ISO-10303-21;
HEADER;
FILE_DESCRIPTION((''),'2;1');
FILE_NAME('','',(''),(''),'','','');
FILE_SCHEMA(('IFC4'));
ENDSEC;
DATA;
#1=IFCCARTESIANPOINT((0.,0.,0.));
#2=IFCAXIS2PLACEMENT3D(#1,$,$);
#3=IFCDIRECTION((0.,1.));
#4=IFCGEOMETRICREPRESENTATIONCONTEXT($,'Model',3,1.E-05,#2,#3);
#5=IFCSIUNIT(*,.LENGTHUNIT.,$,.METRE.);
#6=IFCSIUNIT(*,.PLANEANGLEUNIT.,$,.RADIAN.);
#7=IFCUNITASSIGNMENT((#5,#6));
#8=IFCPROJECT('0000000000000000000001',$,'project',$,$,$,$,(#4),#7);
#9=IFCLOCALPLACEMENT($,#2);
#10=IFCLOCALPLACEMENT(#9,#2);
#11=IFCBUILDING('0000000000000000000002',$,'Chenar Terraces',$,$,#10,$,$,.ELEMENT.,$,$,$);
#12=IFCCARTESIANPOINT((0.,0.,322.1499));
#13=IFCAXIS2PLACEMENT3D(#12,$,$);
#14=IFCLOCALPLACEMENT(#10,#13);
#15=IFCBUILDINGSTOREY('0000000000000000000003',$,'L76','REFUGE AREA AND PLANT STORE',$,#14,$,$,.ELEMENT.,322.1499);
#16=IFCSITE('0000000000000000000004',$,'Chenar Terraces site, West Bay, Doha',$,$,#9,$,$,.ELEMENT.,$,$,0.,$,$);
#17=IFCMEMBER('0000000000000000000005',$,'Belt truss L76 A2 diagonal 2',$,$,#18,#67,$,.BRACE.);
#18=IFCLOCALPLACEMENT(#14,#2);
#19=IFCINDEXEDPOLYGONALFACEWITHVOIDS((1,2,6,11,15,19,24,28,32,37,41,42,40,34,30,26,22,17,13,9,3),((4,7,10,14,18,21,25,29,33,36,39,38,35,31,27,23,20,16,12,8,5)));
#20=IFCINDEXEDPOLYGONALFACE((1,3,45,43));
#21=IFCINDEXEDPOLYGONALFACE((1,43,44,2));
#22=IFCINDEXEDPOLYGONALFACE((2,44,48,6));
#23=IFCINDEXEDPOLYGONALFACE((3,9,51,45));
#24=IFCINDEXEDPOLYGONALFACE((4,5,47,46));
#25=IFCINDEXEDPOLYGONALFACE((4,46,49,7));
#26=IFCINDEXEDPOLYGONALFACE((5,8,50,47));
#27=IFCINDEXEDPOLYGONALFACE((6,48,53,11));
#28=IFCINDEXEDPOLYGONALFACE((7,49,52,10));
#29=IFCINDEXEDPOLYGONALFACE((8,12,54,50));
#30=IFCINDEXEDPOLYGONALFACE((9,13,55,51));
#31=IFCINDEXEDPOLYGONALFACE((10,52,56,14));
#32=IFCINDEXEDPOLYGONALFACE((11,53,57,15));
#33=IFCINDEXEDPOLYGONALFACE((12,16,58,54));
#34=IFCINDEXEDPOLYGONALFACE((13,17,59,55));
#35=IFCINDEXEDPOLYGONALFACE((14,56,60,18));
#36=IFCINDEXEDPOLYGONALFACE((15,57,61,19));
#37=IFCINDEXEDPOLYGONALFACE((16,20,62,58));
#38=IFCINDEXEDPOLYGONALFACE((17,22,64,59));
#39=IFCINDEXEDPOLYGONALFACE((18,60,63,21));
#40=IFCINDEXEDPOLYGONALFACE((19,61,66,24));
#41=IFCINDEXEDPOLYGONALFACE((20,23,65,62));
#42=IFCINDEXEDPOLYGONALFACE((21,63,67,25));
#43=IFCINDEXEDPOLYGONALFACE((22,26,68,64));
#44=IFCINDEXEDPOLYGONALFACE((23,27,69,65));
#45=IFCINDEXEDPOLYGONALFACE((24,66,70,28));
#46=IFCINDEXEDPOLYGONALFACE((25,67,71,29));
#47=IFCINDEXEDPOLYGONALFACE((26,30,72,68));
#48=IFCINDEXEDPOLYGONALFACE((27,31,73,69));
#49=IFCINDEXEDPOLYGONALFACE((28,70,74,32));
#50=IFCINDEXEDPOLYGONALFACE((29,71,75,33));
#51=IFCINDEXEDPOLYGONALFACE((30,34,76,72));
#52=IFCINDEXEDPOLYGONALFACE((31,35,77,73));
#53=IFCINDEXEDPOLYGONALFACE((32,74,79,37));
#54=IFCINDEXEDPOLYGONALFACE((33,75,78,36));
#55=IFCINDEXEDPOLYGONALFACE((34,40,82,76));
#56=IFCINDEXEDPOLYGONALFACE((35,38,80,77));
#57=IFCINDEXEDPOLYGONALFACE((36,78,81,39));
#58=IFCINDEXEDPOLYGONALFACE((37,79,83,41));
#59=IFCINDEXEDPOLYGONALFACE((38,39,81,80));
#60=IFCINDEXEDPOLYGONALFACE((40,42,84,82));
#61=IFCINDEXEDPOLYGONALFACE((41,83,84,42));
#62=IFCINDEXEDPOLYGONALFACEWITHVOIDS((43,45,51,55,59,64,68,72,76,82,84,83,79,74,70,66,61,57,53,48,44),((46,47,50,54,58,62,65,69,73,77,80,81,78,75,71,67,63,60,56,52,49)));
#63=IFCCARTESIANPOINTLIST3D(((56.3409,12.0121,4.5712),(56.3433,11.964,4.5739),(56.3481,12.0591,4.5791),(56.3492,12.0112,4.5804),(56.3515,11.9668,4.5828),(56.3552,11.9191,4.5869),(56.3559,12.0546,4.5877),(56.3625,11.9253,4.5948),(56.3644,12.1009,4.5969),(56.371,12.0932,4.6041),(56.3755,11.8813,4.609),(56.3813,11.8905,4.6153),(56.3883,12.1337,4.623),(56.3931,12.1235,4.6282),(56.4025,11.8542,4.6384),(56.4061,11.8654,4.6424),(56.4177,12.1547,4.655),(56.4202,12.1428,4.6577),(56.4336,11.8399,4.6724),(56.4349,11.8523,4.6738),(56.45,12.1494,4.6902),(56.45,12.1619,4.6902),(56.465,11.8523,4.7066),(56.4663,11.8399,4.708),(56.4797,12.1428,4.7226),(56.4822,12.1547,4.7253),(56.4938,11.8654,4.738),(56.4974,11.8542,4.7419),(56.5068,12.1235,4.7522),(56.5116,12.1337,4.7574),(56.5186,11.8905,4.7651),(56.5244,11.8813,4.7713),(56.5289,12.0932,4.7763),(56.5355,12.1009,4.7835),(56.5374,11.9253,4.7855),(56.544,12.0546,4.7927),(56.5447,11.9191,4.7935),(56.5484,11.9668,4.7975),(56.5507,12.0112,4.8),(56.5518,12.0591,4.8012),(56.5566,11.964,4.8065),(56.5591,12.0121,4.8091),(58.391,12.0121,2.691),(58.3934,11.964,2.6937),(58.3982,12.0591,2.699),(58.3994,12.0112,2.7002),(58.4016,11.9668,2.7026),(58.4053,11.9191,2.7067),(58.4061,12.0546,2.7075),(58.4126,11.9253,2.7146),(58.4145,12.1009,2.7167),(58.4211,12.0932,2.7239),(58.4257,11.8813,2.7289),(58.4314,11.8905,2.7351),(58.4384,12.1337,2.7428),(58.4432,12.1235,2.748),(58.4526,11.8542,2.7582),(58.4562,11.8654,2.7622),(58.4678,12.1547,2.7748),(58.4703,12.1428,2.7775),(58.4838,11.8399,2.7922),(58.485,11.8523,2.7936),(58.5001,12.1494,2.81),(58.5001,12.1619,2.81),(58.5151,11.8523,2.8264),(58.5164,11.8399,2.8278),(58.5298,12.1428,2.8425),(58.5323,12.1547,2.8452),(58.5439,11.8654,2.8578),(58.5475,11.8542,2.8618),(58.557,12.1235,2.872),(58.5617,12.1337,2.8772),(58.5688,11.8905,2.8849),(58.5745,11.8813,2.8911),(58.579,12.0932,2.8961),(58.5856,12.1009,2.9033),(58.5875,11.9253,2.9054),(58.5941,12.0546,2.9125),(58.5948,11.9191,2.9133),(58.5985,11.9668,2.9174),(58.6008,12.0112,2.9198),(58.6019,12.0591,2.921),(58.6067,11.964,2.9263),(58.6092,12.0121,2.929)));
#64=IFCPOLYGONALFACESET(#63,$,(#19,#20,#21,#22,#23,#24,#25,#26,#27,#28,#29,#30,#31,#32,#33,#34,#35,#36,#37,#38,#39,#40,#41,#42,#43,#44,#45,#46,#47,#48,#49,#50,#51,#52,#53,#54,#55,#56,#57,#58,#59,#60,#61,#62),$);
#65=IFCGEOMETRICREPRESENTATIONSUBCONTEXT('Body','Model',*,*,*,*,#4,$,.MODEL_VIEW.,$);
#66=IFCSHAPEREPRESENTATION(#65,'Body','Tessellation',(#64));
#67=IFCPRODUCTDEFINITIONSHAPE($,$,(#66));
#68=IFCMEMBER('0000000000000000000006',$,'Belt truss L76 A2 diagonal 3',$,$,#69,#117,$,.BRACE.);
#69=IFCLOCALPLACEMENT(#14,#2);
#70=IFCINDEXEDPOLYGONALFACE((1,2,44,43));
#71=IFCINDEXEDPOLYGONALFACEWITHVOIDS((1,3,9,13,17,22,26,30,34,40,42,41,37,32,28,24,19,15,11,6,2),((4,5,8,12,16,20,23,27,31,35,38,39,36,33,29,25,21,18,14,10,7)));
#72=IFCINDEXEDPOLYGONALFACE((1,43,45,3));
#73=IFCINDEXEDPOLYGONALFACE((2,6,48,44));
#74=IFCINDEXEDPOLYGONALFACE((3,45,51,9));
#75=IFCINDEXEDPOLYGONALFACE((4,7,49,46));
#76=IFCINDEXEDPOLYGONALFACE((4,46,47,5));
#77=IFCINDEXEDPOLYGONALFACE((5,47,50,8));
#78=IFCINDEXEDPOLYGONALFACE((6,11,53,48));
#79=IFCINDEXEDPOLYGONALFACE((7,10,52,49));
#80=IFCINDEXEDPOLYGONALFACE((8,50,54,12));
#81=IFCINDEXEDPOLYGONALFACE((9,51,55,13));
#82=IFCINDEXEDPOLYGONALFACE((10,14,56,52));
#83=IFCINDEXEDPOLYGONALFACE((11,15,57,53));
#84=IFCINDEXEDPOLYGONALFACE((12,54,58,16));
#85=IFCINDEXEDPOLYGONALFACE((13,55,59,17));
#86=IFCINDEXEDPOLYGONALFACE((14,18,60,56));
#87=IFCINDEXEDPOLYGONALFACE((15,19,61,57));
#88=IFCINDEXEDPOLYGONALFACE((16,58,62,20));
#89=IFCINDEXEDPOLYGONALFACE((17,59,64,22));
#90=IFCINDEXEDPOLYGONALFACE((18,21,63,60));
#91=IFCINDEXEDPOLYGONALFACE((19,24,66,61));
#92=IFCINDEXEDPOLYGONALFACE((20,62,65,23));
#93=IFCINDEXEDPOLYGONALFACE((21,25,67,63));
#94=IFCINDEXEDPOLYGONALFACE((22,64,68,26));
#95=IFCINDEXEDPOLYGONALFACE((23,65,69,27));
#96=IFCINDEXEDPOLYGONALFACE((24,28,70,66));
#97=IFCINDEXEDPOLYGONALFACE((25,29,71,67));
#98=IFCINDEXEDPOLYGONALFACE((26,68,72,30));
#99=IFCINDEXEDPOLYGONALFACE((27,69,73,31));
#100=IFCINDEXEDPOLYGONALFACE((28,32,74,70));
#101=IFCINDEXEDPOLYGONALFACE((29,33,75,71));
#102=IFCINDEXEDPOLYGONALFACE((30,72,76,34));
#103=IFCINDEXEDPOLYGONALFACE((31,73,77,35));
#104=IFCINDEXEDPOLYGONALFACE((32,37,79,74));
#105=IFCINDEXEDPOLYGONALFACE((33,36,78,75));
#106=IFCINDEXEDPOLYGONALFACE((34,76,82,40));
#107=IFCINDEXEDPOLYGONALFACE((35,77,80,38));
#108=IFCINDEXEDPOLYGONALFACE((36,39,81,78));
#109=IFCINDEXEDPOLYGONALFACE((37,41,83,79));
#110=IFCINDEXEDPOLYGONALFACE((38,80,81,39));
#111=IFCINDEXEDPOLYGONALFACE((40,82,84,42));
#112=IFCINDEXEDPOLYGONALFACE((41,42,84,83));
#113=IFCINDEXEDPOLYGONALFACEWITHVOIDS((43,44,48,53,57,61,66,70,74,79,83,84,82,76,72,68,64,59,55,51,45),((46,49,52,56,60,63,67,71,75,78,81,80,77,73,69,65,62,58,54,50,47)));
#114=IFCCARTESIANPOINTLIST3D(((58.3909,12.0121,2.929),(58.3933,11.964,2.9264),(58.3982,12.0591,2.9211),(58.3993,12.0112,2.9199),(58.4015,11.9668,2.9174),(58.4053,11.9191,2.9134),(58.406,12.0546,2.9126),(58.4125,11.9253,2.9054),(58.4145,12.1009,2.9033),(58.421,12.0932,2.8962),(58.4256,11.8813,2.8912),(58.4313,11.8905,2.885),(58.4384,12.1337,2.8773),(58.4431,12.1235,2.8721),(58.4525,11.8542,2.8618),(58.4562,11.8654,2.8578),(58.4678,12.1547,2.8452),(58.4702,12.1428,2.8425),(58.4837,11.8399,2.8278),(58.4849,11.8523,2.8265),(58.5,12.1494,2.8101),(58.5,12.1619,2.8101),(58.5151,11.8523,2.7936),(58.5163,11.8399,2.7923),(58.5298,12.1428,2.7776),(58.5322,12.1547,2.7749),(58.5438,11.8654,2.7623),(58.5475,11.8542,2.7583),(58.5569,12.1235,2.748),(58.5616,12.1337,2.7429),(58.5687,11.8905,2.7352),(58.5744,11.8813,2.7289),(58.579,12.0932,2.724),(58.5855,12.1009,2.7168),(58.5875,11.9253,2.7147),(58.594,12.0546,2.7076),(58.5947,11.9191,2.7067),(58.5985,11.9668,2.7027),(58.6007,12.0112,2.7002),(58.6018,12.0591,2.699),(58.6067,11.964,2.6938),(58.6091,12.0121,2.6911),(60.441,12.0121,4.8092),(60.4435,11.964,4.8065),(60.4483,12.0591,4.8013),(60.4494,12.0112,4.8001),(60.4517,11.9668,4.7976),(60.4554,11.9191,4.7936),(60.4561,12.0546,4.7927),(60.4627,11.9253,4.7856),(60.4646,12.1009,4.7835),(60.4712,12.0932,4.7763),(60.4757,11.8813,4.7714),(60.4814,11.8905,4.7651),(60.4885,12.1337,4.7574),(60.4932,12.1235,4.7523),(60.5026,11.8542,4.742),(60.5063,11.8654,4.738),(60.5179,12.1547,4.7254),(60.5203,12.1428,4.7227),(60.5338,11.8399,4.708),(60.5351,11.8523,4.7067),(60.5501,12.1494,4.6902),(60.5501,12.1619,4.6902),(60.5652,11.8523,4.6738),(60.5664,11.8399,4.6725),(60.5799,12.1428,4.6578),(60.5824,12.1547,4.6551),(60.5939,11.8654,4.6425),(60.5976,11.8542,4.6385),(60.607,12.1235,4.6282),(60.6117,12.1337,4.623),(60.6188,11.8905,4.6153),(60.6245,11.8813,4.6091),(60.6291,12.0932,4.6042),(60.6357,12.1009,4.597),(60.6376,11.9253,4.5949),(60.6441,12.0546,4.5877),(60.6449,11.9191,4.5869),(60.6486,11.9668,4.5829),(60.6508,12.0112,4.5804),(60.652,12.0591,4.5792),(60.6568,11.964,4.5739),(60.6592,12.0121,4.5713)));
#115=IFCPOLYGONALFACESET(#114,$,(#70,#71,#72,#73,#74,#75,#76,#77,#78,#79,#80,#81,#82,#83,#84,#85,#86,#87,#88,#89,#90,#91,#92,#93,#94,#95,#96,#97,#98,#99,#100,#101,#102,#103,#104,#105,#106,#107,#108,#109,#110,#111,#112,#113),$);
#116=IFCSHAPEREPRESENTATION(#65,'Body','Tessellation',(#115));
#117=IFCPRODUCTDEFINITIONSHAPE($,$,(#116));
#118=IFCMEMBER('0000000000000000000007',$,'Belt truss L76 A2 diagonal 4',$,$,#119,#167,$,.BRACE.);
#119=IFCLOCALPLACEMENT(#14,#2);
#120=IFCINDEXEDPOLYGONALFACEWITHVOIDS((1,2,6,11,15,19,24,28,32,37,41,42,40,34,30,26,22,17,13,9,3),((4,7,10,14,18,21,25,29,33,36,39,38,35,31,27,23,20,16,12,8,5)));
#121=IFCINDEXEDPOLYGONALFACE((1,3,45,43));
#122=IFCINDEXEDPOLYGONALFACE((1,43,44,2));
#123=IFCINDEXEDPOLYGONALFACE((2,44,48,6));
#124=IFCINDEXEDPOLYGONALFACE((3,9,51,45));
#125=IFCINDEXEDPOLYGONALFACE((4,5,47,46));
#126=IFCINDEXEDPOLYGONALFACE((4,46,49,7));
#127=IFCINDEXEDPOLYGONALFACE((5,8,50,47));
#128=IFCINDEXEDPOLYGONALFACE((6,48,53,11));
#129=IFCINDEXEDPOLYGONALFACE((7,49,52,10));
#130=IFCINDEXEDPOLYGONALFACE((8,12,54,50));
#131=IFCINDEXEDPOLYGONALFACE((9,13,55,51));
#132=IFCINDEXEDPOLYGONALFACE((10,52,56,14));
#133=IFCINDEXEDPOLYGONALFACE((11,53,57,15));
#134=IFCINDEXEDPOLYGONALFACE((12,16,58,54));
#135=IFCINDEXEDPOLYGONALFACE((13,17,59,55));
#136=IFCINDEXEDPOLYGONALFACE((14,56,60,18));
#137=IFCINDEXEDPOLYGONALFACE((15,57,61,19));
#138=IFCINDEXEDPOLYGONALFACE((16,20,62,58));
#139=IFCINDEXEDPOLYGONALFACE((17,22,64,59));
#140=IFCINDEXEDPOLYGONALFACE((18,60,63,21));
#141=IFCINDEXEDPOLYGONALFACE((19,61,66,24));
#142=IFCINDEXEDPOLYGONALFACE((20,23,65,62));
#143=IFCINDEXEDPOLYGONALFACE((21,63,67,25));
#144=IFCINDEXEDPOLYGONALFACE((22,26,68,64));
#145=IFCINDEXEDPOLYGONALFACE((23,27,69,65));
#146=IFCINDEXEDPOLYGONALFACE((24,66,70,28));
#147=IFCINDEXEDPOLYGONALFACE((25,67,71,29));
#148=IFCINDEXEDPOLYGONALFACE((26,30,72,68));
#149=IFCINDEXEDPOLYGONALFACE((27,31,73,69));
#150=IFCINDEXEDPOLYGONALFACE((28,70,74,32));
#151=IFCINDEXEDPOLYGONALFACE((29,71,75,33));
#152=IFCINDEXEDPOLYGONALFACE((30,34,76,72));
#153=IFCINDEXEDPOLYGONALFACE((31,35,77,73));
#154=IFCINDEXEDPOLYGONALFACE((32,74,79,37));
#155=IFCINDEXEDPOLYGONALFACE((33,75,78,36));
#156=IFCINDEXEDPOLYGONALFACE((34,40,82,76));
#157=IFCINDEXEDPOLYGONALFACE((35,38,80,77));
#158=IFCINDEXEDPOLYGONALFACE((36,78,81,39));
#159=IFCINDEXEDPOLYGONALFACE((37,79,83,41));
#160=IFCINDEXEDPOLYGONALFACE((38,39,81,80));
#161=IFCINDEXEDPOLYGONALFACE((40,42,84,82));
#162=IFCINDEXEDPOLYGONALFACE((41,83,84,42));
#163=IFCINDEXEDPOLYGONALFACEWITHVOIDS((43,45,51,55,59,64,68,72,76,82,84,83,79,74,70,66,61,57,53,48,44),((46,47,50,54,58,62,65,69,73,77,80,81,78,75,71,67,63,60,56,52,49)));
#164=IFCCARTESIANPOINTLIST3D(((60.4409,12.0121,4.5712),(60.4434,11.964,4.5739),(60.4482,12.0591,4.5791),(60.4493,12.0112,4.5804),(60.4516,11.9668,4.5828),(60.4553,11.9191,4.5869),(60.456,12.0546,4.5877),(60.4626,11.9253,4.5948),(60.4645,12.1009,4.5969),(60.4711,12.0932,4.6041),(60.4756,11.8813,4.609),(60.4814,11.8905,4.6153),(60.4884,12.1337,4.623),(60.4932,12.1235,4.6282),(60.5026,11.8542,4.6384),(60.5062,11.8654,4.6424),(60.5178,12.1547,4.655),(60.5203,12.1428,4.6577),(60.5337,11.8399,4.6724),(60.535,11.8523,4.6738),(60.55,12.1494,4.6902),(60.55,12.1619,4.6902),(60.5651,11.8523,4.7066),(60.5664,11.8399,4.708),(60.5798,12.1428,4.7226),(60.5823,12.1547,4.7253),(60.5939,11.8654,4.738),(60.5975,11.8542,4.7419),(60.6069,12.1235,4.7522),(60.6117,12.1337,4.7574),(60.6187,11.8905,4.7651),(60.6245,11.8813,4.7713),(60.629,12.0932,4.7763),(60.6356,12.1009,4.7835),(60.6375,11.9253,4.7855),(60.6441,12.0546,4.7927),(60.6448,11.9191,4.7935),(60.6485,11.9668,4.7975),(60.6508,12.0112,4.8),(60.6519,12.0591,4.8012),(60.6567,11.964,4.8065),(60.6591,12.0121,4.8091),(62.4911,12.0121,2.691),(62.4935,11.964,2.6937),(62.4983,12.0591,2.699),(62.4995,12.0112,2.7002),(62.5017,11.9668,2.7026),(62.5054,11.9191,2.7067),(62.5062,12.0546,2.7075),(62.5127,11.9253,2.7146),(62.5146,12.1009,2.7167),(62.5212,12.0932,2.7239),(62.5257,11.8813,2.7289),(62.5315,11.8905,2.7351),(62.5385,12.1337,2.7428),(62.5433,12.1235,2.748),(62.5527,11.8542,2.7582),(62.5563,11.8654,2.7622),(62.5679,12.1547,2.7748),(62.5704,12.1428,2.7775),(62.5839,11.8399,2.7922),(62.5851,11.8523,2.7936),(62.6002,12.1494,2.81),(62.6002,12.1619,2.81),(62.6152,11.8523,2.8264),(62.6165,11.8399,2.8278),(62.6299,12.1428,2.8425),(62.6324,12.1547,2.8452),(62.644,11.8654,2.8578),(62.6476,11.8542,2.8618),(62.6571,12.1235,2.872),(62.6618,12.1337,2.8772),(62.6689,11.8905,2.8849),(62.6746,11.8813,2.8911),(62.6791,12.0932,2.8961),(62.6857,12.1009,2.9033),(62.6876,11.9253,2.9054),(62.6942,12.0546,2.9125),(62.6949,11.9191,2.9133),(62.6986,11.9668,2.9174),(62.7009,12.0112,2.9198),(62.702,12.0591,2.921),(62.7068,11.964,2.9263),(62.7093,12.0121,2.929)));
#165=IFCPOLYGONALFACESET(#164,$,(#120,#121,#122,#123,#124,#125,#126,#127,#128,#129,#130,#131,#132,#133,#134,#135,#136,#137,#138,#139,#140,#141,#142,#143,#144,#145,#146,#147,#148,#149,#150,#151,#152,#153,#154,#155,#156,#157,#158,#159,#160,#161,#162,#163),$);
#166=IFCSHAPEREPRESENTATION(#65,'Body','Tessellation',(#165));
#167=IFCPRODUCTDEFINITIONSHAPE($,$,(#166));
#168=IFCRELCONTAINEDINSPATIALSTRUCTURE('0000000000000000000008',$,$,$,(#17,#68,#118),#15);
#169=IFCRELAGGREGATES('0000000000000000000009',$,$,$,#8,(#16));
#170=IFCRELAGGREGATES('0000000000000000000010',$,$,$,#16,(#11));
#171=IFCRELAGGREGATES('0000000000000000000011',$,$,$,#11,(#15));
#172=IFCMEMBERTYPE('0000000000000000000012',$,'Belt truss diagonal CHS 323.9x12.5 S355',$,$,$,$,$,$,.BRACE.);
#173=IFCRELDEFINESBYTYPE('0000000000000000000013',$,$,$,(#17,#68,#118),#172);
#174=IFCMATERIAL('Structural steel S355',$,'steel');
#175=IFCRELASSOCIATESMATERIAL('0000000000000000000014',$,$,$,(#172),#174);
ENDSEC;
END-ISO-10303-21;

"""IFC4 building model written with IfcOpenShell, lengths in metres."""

from ifc_helpers import new_model, si_unit, direction, frame, origin, origin_2d, place, context, subcontext, project, spatial, hollow_circle, extrude, material, material_profile, profile_set, type_object, element, save


model = new_model("IFC4")

# Units and contexts
model_context = context("Model", 3, precision=1e-05, world=origin(), true_north=direction((0.0, 1.0)))
body_context = subcontext(model_context, "Body", "Model", "MODEL_VIEW")
ifc_project = project(units=[si_unit("LENGTHUNIT", "METRE"), si_unit("PLANEANGLEUNIT", "RADIAN")], contexts=[model_context])

# Site, building, storey
site_placement = place(None, origin())
site = spatial("IfcSite", under=ifc_project, at=site_placement, Name="Chenar Terraces site, West Bay, Doha", CompositionType="ELEMENT", RefElevation=0.0)
building_placement = place(site_placement, origin())
building = spatial("IfcBuilding", under=site, at=building_placement, Name="Chenar Terraces", CompositionType="ELEMENT")
storey_placement = place(building_placement, frame((0.0, 0.0, 322.1499)))
storey = spatial("IfcBuildingStorey", under=building, at=storey_placement, Name="L76", Description="REFUGE AREA AND PLANT STORE", CompositionType="ELEMENT", Elevation=322.1499)

# Members
ifc_material_1 = material(Name="Structural steel S355", Category="steel")
ifc_material_profile_1 = material_profile(ifc_material_1, hollow_circle(Radius=0.1619, WallThickness=0.0125, at=origin_2d()), Name="CHS 323.9x12.5")
ifc_profile_set_1 = profile_set([ifc_material_profile_1], Name="Structural steel S355")
member_type = type_object("IfcMemberType", Name="Belt truss diagonal CHS 323.9x12.5 S355", PredefinedType="BRACE", material=ifc_profile_set_1)
for number, where, z_axis, x_axis, name in (
    (1, (56.45, 12.0, 4.6902), (0.73699, 0.0, -0.675903), (0.0, 1.0, 0.0), "Belt truss L76 A2 diagonal 2"),
    (2, (58.5, 12.0, 2.8101), (0.73699, 0.0, 0.675903), (0.0, 1.0, 0.0), "Belt truss L76 A2 diagonal 3"),
    (3, (60.55, 12.0, 4.6902), (0.73699, 0.0, -0.675903), (0.0, 1.0, 0.0), "Belt truss L76 A2 diagonal 4"),
):
    element("IfcMember", number, at=place(storey_placement, frame(where, z_axis=z_axis, x_axis=x_axis)), inside=storey, type_object=member_type, Name=name, PredefinedType="BRACE", context=body_context, shape_type="SweptSolid", body=[
        extrude(hollow_circle(Radius=0.1619, WallThickness=0.0125, at=origin_2d()), origin(), (0.0, 0.0, 1.0), 2.7817),
    ])

save(model, "model.ifc")
